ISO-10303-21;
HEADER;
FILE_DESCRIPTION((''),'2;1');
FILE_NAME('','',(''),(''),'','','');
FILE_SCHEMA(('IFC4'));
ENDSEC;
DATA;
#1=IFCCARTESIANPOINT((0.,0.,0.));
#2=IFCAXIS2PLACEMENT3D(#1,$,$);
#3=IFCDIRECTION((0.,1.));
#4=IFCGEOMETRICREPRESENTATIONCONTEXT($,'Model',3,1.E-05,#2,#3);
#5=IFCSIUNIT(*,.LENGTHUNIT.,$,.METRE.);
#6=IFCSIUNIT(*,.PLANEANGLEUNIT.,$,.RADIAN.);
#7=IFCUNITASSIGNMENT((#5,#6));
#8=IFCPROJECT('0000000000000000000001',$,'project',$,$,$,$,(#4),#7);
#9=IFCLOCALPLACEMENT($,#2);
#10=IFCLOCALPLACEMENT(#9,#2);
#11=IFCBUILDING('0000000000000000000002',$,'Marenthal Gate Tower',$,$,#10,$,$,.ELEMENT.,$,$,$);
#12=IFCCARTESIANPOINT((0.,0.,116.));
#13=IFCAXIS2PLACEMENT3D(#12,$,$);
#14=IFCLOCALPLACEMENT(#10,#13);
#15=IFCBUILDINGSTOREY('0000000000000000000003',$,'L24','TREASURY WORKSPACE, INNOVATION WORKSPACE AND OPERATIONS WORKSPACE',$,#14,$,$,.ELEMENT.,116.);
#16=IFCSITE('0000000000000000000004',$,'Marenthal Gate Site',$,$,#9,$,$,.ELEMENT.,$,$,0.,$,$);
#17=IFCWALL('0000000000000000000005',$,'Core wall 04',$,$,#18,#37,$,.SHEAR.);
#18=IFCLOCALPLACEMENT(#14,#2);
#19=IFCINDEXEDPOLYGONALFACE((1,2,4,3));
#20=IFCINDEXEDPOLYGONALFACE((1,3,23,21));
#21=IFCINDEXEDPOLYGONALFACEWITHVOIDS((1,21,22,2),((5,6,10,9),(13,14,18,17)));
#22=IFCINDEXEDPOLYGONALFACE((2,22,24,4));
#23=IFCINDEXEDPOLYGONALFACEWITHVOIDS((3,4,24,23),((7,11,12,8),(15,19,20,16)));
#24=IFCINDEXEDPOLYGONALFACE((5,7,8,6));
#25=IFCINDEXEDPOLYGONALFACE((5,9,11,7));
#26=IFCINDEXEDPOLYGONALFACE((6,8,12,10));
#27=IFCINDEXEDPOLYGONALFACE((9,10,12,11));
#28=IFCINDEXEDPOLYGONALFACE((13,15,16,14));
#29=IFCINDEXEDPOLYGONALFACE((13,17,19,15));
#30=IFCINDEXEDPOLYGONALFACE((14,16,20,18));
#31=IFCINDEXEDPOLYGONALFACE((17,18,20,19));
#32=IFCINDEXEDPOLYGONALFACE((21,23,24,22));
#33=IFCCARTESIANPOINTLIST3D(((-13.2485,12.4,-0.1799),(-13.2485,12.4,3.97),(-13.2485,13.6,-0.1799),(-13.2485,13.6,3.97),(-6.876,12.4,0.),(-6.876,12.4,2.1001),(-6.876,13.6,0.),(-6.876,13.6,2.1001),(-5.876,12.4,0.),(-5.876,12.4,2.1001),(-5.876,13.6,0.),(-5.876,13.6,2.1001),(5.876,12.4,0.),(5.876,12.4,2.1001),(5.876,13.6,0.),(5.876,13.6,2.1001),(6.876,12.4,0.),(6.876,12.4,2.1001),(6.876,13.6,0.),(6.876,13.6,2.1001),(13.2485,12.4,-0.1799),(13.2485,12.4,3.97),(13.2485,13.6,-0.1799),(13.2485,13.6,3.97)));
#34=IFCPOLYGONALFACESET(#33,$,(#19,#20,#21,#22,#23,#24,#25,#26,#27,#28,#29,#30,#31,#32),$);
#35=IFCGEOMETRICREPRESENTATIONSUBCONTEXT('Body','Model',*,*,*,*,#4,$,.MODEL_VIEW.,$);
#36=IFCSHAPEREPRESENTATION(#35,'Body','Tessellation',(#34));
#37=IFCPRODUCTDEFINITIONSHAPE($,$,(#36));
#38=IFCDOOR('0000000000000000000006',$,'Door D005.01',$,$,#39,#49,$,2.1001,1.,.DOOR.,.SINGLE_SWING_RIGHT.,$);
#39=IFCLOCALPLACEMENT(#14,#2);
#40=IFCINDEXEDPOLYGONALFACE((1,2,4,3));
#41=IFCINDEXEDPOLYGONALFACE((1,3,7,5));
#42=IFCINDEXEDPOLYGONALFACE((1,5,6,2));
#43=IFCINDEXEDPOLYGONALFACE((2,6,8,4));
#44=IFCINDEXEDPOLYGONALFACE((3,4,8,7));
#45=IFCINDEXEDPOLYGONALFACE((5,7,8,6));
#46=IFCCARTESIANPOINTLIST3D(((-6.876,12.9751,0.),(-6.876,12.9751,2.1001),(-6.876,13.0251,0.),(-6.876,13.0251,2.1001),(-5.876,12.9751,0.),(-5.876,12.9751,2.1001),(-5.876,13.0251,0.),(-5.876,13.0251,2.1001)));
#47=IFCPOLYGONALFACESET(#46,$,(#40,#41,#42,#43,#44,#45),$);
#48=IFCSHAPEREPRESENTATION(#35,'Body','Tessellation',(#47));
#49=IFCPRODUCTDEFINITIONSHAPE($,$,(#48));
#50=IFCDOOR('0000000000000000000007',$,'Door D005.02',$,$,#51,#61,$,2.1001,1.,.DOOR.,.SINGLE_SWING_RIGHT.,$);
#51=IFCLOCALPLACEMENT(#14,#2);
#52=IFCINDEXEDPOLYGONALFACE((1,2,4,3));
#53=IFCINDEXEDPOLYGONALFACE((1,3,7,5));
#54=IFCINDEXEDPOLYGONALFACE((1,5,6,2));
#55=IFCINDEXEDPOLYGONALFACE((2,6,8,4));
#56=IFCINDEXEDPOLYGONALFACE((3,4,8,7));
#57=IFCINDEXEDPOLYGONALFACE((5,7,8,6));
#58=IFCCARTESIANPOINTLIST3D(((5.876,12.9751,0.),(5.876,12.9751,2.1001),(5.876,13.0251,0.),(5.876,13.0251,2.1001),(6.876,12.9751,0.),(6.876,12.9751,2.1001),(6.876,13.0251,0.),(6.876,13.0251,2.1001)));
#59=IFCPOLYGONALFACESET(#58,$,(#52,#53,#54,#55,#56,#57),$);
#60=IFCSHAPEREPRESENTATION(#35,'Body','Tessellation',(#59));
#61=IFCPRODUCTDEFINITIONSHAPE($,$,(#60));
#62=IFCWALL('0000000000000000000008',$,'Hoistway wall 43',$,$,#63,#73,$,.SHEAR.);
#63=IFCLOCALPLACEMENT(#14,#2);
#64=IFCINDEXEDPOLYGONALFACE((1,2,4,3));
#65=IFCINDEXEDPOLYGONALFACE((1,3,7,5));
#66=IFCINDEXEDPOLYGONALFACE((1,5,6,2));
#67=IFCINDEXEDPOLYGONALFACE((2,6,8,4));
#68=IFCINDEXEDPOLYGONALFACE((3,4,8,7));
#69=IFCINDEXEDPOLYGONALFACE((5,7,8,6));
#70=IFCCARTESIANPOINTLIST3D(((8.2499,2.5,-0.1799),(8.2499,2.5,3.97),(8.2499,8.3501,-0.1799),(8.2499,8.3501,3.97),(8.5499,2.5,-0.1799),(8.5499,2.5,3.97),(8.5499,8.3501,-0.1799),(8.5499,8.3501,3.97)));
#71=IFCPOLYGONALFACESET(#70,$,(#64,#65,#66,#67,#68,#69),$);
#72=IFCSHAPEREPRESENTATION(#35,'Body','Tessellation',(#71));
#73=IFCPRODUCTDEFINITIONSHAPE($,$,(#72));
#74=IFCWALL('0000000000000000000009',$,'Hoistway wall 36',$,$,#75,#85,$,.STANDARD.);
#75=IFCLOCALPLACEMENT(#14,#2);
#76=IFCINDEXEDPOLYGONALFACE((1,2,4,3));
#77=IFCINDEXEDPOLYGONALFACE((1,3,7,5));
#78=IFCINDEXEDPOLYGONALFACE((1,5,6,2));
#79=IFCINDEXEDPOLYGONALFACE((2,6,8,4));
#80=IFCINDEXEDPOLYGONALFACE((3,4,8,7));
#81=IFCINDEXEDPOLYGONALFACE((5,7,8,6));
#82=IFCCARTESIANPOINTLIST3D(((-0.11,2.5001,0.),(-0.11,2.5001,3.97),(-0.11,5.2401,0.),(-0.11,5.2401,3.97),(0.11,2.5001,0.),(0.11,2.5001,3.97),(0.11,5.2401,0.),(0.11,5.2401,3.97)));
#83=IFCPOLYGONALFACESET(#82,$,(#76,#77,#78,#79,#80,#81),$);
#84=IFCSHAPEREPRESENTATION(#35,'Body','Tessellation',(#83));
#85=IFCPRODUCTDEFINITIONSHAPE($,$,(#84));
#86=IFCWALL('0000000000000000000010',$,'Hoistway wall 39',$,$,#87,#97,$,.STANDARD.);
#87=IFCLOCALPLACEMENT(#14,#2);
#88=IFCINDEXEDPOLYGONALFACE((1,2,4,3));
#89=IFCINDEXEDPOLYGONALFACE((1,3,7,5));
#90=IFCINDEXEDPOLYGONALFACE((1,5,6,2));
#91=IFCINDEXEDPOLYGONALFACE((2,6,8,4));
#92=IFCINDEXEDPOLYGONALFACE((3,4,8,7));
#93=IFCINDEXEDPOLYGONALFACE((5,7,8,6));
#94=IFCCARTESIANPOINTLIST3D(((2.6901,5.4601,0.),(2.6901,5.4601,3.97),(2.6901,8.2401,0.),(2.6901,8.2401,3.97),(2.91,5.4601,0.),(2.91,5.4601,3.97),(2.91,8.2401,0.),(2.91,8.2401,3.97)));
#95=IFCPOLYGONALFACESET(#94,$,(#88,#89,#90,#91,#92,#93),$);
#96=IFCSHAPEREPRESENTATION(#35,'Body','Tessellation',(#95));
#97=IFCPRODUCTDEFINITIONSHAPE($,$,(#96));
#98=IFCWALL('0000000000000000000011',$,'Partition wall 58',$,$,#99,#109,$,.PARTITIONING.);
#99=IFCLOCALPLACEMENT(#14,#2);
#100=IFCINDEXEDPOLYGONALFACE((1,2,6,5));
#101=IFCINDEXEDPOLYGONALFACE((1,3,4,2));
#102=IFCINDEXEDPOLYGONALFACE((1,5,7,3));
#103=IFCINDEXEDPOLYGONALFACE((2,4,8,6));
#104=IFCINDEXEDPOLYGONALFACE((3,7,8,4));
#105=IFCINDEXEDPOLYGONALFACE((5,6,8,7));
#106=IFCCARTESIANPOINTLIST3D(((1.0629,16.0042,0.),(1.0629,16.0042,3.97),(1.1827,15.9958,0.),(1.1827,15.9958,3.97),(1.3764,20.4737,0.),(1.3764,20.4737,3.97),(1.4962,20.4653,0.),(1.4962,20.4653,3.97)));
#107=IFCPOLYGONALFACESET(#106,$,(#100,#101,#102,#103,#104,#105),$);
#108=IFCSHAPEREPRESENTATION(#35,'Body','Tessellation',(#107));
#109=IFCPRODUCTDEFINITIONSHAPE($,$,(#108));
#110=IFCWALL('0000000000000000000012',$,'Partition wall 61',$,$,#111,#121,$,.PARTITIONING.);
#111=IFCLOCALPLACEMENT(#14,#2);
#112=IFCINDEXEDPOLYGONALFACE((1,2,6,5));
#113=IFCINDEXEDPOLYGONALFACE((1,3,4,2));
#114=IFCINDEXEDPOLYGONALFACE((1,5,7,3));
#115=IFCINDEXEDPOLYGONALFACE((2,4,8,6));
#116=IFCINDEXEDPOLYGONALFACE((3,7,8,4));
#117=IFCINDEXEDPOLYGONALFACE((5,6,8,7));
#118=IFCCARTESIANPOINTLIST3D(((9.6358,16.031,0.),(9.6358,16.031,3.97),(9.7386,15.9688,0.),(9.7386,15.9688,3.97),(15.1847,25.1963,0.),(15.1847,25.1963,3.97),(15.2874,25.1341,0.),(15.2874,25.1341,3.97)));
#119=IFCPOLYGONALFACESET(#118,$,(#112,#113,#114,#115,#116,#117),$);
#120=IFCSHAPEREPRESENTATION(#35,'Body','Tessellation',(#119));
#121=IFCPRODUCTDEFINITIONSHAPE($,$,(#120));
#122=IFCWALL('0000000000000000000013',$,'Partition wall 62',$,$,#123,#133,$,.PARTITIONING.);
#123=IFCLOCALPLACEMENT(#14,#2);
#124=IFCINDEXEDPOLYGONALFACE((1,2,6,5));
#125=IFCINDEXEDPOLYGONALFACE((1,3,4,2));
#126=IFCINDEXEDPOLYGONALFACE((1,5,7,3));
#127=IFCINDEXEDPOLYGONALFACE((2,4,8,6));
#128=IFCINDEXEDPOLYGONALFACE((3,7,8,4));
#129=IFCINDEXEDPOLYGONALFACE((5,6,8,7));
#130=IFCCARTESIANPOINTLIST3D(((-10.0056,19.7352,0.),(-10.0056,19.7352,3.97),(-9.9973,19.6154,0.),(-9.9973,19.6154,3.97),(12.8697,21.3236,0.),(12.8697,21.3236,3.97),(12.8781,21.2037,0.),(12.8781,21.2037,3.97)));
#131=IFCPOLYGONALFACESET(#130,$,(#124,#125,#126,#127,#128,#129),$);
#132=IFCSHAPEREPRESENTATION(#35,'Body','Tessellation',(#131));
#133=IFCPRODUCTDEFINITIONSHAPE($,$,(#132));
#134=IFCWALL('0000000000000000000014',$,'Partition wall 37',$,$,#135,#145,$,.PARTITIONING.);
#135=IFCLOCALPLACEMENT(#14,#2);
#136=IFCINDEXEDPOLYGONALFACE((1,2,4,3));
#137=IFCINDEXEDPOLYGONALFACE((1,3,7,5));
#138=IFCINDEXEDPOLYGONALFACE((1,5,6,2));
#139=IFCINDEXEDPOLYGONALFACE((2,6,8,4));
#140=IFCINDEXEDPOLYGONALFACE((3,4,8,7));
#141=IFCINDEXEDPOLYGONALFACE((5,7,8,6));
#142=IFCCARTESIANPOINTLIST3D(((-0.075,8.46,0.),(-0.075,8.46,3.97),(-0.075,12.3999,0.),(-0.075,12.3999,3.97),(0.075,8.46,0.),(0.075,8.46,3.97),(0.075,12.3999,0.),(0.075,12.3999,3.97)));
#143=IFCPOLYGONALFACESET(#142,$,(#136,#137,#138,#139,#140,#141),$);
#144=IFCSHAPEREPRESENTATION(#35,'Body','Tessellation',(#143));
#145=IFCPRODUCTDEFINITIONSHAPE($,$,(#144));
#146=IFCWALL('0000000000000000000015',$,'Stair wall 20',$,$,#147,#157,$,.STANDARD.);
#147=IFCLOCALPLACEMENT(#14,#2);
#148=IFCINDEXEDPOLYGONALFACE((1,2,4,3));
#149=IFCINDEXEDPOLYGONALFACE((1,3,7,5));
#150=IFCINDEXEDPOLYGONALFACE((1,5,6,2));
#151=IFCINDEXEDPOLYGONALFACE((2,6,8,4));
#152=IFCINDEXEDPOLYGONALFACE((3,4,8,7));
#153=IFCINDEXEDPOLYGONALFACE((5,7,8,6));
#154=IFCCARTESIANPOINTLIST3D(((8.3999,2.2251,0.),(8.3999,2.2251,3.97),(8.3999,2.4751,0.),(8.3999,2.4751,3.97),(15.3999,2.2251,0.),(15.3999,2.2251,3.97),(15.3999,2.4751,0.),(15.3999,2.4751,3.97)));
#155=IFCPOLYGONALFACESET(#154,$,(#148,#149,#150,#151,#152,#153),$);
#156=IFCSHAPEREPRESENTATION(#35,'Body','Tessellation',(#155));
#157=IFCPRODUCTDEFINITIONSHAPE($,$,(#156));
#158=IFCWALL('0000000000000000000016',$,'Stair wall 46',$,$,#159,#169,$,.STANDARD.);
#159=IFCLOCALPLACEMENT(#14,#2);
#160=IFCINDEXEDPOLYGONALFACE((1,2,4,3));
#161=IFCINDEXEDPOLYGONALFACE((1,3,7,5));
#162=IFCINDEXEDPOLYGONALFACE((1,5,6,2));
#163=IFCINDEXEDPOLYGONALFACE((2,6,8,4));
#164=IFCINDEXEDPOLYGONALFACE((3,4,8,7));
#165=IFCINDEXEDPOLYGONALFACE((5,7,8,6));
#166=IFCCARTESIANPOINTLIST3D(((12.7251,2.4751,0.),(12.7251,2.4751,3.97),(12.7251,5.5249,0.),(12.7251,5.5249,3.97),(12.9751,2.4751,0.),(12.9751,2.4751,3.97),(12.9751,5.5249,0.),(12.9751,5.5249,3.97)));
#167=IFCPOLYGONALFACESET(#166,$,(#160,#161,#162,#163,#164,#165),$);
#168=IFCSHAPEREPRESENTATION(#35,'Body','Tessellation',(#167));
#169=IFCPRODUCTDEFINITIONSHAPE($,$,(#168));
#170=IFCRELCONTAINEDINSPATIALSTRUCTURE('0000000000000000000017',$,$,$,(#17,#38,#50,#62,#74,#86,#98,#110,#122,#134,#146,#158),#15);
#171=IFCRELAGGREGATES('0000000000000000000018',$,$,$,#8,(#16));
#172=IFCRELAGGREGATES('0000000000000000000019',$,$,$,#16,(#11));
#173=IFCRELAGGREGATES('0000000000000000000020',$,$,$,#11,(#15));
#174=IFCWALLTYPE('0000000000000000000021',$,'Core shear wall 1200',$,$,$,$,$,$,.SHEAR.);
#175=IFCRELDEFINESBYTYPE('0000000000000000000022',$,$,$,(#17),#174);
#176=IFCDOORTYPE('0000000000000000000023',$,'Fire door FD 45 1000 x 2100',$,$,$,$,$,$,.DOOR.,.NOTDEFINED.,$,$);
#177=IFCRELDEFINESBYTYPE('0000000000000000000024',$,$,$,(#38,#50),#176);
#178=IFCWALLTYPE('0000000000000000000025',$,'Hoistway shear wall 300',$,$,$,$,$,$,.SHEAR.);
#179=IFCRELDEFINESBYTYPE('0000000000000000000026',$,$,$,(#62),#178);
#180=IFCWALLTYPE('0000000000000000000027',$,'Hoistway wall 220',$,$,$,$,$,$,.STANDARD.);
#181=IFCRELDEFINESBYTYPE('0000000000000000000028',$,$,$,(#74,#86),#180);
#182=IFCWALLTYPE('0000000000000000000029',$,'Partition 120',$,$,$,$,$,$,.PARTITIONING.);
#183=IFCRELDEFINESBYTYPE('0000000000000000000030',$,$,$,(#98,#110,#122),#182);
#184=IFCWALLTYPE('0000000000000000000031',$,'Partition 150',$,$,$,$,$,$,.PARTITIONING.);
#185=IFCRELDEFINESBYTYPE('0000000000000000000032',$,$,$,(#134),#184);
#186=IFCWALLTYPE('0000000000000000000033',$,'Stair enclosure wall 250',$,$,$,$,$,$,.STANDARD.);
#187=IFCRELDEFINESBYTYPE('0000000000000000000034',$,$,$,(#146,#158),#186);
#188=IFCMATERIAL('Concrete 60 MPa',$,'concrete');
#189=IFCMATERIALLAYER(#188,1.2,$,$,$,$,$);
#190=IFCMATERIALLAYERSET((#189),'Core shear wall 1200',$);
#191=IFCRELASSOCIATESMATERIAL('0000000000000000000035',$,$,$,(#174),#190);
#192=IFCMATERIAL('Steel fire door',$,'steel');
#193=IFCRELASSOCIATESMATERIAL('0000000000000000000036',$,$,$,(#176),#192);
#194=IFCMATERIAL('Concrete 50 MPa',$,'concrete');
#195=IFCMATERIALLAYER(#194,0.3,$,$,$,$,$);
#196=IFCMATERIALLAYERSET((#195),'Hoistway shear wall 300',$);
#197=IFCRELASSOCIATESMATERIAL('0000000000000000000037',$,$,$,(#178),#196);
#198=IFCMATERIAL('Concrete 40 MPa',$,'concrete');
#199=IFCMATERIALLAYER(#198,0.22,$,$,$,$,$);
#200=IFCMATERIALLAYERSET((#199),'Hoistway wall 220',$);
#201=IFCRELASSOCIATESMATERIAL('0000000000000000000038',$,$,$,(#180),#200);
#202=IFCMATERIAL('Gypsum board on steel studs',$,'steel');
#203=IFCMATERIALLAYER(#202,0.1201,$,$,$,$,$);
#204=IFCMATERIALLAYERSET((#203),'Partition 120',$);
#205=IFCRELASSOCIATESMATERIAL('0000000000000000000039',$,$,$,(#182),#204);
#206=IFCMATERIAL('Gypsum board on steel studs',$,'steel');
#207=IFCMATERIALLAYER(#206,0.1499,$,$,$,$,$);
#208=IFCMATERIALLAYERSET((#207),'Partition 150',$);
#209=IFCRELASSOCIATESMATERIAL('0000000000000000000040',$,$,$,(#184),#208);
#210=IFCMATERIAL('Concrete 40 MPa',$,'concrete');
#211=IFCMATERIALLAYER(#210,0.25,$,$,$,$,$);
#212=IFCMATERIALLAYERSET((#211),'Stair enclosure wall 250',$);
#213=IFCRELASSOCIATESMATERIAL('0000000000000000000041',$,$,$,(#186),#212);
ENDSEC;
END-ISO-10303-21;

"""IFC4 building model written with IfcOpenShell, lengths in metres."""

from ifc_helpers import new_model, si_unit, direction, frame, frame_2d, origin, place, context, subcontext, project, spatial, rectangle, extrude, material, layer, layer_set, type_object, element, fill, save


model = new_model("IFC4")

# Units and contexts
model_context = context("Model", 3, precision=1e-05, world=origin(), true_north=direction((0.0, 1.0)))
body_context = subcontext(model_context, "Body", "Model", "MODEL_VIEW")
ifc_project = project(units=[si_unit("LENGTHUNIT", "METRE"), si_unit("PLANEANGLEUNIT", "RADIAN")], contexts=[model_context])

# Site, building, storey
site_placement = place(None, origin())
site = spatial("IfcSite", under=ifc_project, at=site_placement, Name="Marenthal Gate Site", CompositionType="ELEMENT", RefElevation=0.0)
building_placement = place(site_placement, origin())
building = spatial("IfcBuilding", under=site, at=building_placement, Name="Marenthal Gate Tower", CompositionType="ELEMENT")
storey_placement = place(building_placement, frame((0.0, 0.0, 116.0)))
storey = spatial("IfcBuildingStorey", under=building, at=storey_placement, Name="L24", Description="TREASURY WORKSPACE, INNOVATION WORKSPACE AND OPERATIONS WORKSPACE", CompositionType="ELEMENT", Elevation=116.0)

# Wall, openings, doors
ifc_material_1 = material(Name="Concrete 60 MPa", Category="concrete")
ifc_layer_1 = layer(ifc_material_1, 1.2)
ifc_layer_set_1 = layer_set([ifc_layer_1], Name="Core shear wall 1200")
wall_type_1 = type_object("IfcWallType", Name="Core shear wall 1200", PredefinedType="SHEAR", material=ifc_layer_set_1)
wall_1_placement = place(storey_placement, frame((13.2485, 13.0, -0.1799), z_axis=(0.0, 0.0, 1.0), x_axis=(-1.0, 0.0, 0.0)))
wall_1 = element("IfcWall", 1, at=wall_1_placement, inside=storey, type_object=wall_type_1, Name="Core wall 04", PredefinedType="SHEAR", context=body_context, shape_type="SweptSolid", body=[
    extrude(rectangle(XDim=26.4971, YDim=1.2, at=frame_2d((13.2485, 0.0))), origin(), (0.0, 0.0, 1.0), 4.1499),
])
opening_1_placement = place(wall_1_placement, frame((19.1245, 0.0, 0.1799)))
opening_1 = element("IfcOpeningElement", 2, at=opening_1_placement, cuts=wall_1, PredefinedType="OPENING", context=body_context, shape_type="SweptSolid", body=[
    extrude(rectangle(XDim=1.0, YDim=2.1001, at=frame_2d((0.5, 1.05))), frame((0.0, 0.6099, 0.0), z_axis=(0.0, -1.0, 0.0), x_axis=(1.0, 0.0, 0.0)), (0.0, 0.0, 1.0), 1.22),
])
opening_2_placement = place(wall_1_placement, frame((6.3726, 0.0, 0.1799)))
opening_2 = element("IfcOpeningElement", 3, at=opening_2_placement, cuts=wall_1, PredefinedType="OPENING", context=body_context, shape_type="SweptSolid", body=[
    extrude(rectangle(XDim=1.0, YDim=2.1001, at=frame_2d((0.5, 1.05))), frame((0.0, 0.6099, 0.0), z_axis=(0.0, -1.0, 0.0), x_axis=(1.0, 0.0, 0.0)), (0.0, 0.0, 1.0), 1.22),
])
ifc_material_2 = material(Name="Steel fire door", Category="steel")
door_type_1 = type_object("IfcDoorType", Name="Fire door FD 45 1000 x 2100", OperationType="NOTDEFINED", PredefinedType="DOOR", material=ifc_material_2)
door_1_placement = place(opening_1_placement, origin())
door_1 = element("IfcDoor", 4, at=door_1_placement, inside=storey, type_object=door_type_1, Name="Door D005.01", OperationType="SINGLE_SWING_RIGHT", OverallHeight=2.1001, OverallWidth=1.0, PredefinedType="DOOR", context=body_context, shape_type="SweptSolid", body=[
    extrude(rectangle(XDim=1.0, YDim=2.1001, at=frame_2d((0.5, 1.05))), frame((0.0, 0.0249, 0.0), z_axis=(0.0, -1.0, 0.0), x_axis=(1.0, 0.0, 0.0)), (0.0, 0.0, 1.0), 0.05),
])
fill(opening_1, door_1)
door_2_placement = place(opening_2_placement, origin())
door_2 = element("IfcDoor", 5, at=door_2_placement, inside=storey, type_object=door_type_1, Name="Door D005.02", OperationType="SINGLE_SWING_RIGHT", OverallHeight=2.1001, OverallWidth=1.0, PredefinedType="DOOR", context=body_context, shape_type="SweptSolid", body=[
    extrude(rectangle(XDim=1.0, YDim=2.1001, at=frame_2d((0.5, 1.05))), frame((0.0, 0.0249, 0.0), z_axis=(0.0, -1.0, 0.0), x_axis=(1.0, 0.0, 0.0)), (0.0, 0.0, 1.0), 0.05),
])
fill(opening_2, door_2)

# Walls
ifc_material_3 = material(Name="Concrete 50 MPa", Category="concrete")
ifc_layer_2 = layer(ifc_material_3, 0.3)
ifc_layer_set_2 = layer_set([ifc_layer_2], Name="Hoistway shear wall 300")
wall_type_2 = type_object("IfcWallType", Name="Hoistway shear wall 300", PredefinedType="SHEAR", material=ifc_layer_set_2)
wall_2_placement = place(storey_placement, frame((8.3999, 2.5, -0.1799), z_axis=(0.0, 0.0, 1.0), x_axis=(0.0, 1.0, 0.0)))
element("IfcWall", 6, at=wall_2_placement, inside=storey, type_object=wall_type_2, Name="Hoistway wall 43", PredefinedType="SHEAR", context=body_context, shape_type="SweptSolid", body=[
    extrude(rectangle(XDim=5.8501, YDim=0.3, at=frame_2d((2.925, 0.0))), origin(), (0.0, 0.0, 1.0), 4.1499),
])
ifc_material_4 = material(Name="Concrete 40 MPa", Category="concrete")
ifc_layer_3 = layer(ifc_material_4, 0.22)
ifc_layer_set_3 = layer_set([ifc_layer_3], Name="Hoistway wall 220")
wall_type_3 = type_object("IfcWallType", Name="Hoistway wall 220", PredefinedType="STANDARD", material=ifc_layer_set_3)
wall_3_placement = place(storey_placement, frame((0.0, 2.5, 0.0), z_axis=(0.0, 0.0, 1.0), x_axis=(0.0, 1.0, 0.0)))
element("IfcWall", 7, at=wall_3_placement, inside=storey, type_object=wall_type_3, Name="Hoistway wall 36", PredefinedType="STANDARD", context=body_context, shape_type="SweptSolid", body=[
    extrude(rectangle(XDim=2.74, YDim=0.22, at=frame_2d((1.3701, 0.0))), origin(), (0.0, 0.0, 1.0), 3.97),
])
wall_4_placement = place(storey_placement, frame((2.8, 5.46, 0.0), z_axis=(0.0, 0.0, 1.0), x_axis=(0.0, 1.0, 0.0)))
element("IfcWall", 8, at=wall_4_placement, inside=storey, type_object=wall_type_3, Name="Hoistway wall 39", PredefinedType="STANDARD", context=body_context, shape_type="SweptSolid", body=[
    extrude(rectangle(XDim=2.78, YDim=0.22, at=frame_2d((1.3901, 0.0))), origin(), (0.0, 0.0, 1.0), 3.97),
])
ifc_material_5 = material(Name="Gypsum board on steel studs", Category="steel")
ifc_layer_4 = layer(ifc_material_5, 0.1201)
ifc_layer_set_4 = layer_set([ifc_layer_4], Name="Partition 120")
wall_type_4 = type_object("IfcWallType", Name="Partition 120", PredefinedType="PARTITIONING", material=ifc_layer_set_4)
wall_5_placement = place(storey_placement, frame((1.4363, 20.4695, 0.0), z_axis=(0.0, 0.0, 1.0), x_axis=(-0.069965, -0.997549, 0.0)))
element("IfcWall", 9, at=wall_5_placement, inside=storey, type_object=wall_type_4, Name="Partition wall 58", PredefinedType="PARTITIONING", context=body_context, shape_type="SweptSolid", body=[
    extrude(rectangle(XDim=4.4805, YDim=0.1201, at=frame_2d((2.2402, 0.0))), origin(), (0.0, 0.0, 1.0), 3.97),
])
wall_6_placement = place(storey_placement, frame((9.6873, 16.0, 0.0), z_axis=(0.0, 0.0, 1.0), x_axis=(0.5179, 0.855441, 0.0)))
element("IfcWall", 10, at=wall_6_placement, inside=storey, type_object=wall_type_4, Name="Partition wall 61", PredefinedType="PARTITIONING", context=body_context, shape_type="SweptSolid", body=[
    extrude(rectangle(XDim=10.7141, YDim=0.1201, at=frame_2d((5.3569, 0.0))), origin(), (0.0, 0.0, 1.0), 3.97),
])
wall_7_placement = place(storey_placement, frame((12.874, 21.2637, 0.0), z_axis=(0.0, 0.0, 1.0), x_axis=(-0.997598, -0.06927, 0.0)))
element("IfcWall", 11, at=wall_7_placement, inside=storey, type_object=wall_type_4, Name="Partition wall 62", PredefinedType="PARTITIONING", context=body_context, shape_type="SweptSolid", body=[
    extrude(rectangle(XDim=22.9304, YDim=0.1201, at=frame_2d((11.4653, 0.0))), origin(), (0.0, 0.0, 1.0), 3.97),
])
ifc_material_6 = material(Name="Gypsum board on steel studs", Category="steel")
ifc_layer_5 = layer(ifc_material_6, 0.1499)
ifc_layer_set_5 = layer_set([ifc_layer_5], Name="Partition 150")
wall_type_5 = type_object("IfcWallType", Name="Partition 150", PredefinedType="PARTITIONING", material=ifc_layer_set_5)
wall_8_placement = place(storey_placement, frame((0.0, 8.46, 0.0), z_axis=(0.0, 0.0, 1.0), x_axis=(0.0, 1.0, 0.0)))
element("IfcWall", 12, at=wall_8_placement, inside=storey, type_object=wall_type_5, Name="Partition wall 37", PredefinedType="PARTITIONING", context=body_context, shape_type="SweptSolid", body=[
    extrude(rectangle(XDim=3.9399, YDim=0.1499, at=frame_2d((1.97, 0.0))), origin(), (0.0, 0.0, 1.0), 3.97),
])
ifc_material_7 = material(Name="Concrete 40 MPa", Category="concrete")
ifc_layer_6 = layer(ifc_material_7, 0.25)
ifc_layer_set_6 = layer_set([ifc_layer_6], Name="Stair enclosure wall 250")
wall_type_6 = type_object("IfcWallType", Name="Stair enclosure wall 250", PredefinedType="STANDARD", material=ifc_layer_set_6)
wall_9_placement = place(storey_placement, frame((8.3999, 2.3501, 0.0), z_axis=(0.0, 0.0, 1.0), x_axis=(1.0, 0.0, 0.0)))
element("IfcWall", 13, at=wall_9_placement, inside=storey, type_object=wall_type_6, Name="Stair wall 20", PredefinedType="STANDARD", context=body_context, shape_type="SweptSolid", body=[
    extrude(rectangle(XDim=7.0, YDim=0.25, at=frame_2d((3.5, 0.0))), origin(), (0.0, 0.0, 1.0), 3.97),
])
wall_10_placement = place(storey_placement, frame((12.8501, 2.4751, 0.0), z_axis=(0.0, 0.0, 1.0), x_axis=(0.0, 1.0, 0.0)))
element("IfcWall", 14, at=wall_10_placement, inside=storey, type_object=wall_type_6, Name="Stair wall 46", PredefinedType="STANDARD", context=body_context, shape_type="SweptSolid", body=[
    extrude(rectangle(XDim=3.0498, YDim=0.25, at=frame_2d((1.5249, 0.0))), origin(), (0.0, 0.0, 1.0), 3.97),
])

save(model, "model.ifc")
